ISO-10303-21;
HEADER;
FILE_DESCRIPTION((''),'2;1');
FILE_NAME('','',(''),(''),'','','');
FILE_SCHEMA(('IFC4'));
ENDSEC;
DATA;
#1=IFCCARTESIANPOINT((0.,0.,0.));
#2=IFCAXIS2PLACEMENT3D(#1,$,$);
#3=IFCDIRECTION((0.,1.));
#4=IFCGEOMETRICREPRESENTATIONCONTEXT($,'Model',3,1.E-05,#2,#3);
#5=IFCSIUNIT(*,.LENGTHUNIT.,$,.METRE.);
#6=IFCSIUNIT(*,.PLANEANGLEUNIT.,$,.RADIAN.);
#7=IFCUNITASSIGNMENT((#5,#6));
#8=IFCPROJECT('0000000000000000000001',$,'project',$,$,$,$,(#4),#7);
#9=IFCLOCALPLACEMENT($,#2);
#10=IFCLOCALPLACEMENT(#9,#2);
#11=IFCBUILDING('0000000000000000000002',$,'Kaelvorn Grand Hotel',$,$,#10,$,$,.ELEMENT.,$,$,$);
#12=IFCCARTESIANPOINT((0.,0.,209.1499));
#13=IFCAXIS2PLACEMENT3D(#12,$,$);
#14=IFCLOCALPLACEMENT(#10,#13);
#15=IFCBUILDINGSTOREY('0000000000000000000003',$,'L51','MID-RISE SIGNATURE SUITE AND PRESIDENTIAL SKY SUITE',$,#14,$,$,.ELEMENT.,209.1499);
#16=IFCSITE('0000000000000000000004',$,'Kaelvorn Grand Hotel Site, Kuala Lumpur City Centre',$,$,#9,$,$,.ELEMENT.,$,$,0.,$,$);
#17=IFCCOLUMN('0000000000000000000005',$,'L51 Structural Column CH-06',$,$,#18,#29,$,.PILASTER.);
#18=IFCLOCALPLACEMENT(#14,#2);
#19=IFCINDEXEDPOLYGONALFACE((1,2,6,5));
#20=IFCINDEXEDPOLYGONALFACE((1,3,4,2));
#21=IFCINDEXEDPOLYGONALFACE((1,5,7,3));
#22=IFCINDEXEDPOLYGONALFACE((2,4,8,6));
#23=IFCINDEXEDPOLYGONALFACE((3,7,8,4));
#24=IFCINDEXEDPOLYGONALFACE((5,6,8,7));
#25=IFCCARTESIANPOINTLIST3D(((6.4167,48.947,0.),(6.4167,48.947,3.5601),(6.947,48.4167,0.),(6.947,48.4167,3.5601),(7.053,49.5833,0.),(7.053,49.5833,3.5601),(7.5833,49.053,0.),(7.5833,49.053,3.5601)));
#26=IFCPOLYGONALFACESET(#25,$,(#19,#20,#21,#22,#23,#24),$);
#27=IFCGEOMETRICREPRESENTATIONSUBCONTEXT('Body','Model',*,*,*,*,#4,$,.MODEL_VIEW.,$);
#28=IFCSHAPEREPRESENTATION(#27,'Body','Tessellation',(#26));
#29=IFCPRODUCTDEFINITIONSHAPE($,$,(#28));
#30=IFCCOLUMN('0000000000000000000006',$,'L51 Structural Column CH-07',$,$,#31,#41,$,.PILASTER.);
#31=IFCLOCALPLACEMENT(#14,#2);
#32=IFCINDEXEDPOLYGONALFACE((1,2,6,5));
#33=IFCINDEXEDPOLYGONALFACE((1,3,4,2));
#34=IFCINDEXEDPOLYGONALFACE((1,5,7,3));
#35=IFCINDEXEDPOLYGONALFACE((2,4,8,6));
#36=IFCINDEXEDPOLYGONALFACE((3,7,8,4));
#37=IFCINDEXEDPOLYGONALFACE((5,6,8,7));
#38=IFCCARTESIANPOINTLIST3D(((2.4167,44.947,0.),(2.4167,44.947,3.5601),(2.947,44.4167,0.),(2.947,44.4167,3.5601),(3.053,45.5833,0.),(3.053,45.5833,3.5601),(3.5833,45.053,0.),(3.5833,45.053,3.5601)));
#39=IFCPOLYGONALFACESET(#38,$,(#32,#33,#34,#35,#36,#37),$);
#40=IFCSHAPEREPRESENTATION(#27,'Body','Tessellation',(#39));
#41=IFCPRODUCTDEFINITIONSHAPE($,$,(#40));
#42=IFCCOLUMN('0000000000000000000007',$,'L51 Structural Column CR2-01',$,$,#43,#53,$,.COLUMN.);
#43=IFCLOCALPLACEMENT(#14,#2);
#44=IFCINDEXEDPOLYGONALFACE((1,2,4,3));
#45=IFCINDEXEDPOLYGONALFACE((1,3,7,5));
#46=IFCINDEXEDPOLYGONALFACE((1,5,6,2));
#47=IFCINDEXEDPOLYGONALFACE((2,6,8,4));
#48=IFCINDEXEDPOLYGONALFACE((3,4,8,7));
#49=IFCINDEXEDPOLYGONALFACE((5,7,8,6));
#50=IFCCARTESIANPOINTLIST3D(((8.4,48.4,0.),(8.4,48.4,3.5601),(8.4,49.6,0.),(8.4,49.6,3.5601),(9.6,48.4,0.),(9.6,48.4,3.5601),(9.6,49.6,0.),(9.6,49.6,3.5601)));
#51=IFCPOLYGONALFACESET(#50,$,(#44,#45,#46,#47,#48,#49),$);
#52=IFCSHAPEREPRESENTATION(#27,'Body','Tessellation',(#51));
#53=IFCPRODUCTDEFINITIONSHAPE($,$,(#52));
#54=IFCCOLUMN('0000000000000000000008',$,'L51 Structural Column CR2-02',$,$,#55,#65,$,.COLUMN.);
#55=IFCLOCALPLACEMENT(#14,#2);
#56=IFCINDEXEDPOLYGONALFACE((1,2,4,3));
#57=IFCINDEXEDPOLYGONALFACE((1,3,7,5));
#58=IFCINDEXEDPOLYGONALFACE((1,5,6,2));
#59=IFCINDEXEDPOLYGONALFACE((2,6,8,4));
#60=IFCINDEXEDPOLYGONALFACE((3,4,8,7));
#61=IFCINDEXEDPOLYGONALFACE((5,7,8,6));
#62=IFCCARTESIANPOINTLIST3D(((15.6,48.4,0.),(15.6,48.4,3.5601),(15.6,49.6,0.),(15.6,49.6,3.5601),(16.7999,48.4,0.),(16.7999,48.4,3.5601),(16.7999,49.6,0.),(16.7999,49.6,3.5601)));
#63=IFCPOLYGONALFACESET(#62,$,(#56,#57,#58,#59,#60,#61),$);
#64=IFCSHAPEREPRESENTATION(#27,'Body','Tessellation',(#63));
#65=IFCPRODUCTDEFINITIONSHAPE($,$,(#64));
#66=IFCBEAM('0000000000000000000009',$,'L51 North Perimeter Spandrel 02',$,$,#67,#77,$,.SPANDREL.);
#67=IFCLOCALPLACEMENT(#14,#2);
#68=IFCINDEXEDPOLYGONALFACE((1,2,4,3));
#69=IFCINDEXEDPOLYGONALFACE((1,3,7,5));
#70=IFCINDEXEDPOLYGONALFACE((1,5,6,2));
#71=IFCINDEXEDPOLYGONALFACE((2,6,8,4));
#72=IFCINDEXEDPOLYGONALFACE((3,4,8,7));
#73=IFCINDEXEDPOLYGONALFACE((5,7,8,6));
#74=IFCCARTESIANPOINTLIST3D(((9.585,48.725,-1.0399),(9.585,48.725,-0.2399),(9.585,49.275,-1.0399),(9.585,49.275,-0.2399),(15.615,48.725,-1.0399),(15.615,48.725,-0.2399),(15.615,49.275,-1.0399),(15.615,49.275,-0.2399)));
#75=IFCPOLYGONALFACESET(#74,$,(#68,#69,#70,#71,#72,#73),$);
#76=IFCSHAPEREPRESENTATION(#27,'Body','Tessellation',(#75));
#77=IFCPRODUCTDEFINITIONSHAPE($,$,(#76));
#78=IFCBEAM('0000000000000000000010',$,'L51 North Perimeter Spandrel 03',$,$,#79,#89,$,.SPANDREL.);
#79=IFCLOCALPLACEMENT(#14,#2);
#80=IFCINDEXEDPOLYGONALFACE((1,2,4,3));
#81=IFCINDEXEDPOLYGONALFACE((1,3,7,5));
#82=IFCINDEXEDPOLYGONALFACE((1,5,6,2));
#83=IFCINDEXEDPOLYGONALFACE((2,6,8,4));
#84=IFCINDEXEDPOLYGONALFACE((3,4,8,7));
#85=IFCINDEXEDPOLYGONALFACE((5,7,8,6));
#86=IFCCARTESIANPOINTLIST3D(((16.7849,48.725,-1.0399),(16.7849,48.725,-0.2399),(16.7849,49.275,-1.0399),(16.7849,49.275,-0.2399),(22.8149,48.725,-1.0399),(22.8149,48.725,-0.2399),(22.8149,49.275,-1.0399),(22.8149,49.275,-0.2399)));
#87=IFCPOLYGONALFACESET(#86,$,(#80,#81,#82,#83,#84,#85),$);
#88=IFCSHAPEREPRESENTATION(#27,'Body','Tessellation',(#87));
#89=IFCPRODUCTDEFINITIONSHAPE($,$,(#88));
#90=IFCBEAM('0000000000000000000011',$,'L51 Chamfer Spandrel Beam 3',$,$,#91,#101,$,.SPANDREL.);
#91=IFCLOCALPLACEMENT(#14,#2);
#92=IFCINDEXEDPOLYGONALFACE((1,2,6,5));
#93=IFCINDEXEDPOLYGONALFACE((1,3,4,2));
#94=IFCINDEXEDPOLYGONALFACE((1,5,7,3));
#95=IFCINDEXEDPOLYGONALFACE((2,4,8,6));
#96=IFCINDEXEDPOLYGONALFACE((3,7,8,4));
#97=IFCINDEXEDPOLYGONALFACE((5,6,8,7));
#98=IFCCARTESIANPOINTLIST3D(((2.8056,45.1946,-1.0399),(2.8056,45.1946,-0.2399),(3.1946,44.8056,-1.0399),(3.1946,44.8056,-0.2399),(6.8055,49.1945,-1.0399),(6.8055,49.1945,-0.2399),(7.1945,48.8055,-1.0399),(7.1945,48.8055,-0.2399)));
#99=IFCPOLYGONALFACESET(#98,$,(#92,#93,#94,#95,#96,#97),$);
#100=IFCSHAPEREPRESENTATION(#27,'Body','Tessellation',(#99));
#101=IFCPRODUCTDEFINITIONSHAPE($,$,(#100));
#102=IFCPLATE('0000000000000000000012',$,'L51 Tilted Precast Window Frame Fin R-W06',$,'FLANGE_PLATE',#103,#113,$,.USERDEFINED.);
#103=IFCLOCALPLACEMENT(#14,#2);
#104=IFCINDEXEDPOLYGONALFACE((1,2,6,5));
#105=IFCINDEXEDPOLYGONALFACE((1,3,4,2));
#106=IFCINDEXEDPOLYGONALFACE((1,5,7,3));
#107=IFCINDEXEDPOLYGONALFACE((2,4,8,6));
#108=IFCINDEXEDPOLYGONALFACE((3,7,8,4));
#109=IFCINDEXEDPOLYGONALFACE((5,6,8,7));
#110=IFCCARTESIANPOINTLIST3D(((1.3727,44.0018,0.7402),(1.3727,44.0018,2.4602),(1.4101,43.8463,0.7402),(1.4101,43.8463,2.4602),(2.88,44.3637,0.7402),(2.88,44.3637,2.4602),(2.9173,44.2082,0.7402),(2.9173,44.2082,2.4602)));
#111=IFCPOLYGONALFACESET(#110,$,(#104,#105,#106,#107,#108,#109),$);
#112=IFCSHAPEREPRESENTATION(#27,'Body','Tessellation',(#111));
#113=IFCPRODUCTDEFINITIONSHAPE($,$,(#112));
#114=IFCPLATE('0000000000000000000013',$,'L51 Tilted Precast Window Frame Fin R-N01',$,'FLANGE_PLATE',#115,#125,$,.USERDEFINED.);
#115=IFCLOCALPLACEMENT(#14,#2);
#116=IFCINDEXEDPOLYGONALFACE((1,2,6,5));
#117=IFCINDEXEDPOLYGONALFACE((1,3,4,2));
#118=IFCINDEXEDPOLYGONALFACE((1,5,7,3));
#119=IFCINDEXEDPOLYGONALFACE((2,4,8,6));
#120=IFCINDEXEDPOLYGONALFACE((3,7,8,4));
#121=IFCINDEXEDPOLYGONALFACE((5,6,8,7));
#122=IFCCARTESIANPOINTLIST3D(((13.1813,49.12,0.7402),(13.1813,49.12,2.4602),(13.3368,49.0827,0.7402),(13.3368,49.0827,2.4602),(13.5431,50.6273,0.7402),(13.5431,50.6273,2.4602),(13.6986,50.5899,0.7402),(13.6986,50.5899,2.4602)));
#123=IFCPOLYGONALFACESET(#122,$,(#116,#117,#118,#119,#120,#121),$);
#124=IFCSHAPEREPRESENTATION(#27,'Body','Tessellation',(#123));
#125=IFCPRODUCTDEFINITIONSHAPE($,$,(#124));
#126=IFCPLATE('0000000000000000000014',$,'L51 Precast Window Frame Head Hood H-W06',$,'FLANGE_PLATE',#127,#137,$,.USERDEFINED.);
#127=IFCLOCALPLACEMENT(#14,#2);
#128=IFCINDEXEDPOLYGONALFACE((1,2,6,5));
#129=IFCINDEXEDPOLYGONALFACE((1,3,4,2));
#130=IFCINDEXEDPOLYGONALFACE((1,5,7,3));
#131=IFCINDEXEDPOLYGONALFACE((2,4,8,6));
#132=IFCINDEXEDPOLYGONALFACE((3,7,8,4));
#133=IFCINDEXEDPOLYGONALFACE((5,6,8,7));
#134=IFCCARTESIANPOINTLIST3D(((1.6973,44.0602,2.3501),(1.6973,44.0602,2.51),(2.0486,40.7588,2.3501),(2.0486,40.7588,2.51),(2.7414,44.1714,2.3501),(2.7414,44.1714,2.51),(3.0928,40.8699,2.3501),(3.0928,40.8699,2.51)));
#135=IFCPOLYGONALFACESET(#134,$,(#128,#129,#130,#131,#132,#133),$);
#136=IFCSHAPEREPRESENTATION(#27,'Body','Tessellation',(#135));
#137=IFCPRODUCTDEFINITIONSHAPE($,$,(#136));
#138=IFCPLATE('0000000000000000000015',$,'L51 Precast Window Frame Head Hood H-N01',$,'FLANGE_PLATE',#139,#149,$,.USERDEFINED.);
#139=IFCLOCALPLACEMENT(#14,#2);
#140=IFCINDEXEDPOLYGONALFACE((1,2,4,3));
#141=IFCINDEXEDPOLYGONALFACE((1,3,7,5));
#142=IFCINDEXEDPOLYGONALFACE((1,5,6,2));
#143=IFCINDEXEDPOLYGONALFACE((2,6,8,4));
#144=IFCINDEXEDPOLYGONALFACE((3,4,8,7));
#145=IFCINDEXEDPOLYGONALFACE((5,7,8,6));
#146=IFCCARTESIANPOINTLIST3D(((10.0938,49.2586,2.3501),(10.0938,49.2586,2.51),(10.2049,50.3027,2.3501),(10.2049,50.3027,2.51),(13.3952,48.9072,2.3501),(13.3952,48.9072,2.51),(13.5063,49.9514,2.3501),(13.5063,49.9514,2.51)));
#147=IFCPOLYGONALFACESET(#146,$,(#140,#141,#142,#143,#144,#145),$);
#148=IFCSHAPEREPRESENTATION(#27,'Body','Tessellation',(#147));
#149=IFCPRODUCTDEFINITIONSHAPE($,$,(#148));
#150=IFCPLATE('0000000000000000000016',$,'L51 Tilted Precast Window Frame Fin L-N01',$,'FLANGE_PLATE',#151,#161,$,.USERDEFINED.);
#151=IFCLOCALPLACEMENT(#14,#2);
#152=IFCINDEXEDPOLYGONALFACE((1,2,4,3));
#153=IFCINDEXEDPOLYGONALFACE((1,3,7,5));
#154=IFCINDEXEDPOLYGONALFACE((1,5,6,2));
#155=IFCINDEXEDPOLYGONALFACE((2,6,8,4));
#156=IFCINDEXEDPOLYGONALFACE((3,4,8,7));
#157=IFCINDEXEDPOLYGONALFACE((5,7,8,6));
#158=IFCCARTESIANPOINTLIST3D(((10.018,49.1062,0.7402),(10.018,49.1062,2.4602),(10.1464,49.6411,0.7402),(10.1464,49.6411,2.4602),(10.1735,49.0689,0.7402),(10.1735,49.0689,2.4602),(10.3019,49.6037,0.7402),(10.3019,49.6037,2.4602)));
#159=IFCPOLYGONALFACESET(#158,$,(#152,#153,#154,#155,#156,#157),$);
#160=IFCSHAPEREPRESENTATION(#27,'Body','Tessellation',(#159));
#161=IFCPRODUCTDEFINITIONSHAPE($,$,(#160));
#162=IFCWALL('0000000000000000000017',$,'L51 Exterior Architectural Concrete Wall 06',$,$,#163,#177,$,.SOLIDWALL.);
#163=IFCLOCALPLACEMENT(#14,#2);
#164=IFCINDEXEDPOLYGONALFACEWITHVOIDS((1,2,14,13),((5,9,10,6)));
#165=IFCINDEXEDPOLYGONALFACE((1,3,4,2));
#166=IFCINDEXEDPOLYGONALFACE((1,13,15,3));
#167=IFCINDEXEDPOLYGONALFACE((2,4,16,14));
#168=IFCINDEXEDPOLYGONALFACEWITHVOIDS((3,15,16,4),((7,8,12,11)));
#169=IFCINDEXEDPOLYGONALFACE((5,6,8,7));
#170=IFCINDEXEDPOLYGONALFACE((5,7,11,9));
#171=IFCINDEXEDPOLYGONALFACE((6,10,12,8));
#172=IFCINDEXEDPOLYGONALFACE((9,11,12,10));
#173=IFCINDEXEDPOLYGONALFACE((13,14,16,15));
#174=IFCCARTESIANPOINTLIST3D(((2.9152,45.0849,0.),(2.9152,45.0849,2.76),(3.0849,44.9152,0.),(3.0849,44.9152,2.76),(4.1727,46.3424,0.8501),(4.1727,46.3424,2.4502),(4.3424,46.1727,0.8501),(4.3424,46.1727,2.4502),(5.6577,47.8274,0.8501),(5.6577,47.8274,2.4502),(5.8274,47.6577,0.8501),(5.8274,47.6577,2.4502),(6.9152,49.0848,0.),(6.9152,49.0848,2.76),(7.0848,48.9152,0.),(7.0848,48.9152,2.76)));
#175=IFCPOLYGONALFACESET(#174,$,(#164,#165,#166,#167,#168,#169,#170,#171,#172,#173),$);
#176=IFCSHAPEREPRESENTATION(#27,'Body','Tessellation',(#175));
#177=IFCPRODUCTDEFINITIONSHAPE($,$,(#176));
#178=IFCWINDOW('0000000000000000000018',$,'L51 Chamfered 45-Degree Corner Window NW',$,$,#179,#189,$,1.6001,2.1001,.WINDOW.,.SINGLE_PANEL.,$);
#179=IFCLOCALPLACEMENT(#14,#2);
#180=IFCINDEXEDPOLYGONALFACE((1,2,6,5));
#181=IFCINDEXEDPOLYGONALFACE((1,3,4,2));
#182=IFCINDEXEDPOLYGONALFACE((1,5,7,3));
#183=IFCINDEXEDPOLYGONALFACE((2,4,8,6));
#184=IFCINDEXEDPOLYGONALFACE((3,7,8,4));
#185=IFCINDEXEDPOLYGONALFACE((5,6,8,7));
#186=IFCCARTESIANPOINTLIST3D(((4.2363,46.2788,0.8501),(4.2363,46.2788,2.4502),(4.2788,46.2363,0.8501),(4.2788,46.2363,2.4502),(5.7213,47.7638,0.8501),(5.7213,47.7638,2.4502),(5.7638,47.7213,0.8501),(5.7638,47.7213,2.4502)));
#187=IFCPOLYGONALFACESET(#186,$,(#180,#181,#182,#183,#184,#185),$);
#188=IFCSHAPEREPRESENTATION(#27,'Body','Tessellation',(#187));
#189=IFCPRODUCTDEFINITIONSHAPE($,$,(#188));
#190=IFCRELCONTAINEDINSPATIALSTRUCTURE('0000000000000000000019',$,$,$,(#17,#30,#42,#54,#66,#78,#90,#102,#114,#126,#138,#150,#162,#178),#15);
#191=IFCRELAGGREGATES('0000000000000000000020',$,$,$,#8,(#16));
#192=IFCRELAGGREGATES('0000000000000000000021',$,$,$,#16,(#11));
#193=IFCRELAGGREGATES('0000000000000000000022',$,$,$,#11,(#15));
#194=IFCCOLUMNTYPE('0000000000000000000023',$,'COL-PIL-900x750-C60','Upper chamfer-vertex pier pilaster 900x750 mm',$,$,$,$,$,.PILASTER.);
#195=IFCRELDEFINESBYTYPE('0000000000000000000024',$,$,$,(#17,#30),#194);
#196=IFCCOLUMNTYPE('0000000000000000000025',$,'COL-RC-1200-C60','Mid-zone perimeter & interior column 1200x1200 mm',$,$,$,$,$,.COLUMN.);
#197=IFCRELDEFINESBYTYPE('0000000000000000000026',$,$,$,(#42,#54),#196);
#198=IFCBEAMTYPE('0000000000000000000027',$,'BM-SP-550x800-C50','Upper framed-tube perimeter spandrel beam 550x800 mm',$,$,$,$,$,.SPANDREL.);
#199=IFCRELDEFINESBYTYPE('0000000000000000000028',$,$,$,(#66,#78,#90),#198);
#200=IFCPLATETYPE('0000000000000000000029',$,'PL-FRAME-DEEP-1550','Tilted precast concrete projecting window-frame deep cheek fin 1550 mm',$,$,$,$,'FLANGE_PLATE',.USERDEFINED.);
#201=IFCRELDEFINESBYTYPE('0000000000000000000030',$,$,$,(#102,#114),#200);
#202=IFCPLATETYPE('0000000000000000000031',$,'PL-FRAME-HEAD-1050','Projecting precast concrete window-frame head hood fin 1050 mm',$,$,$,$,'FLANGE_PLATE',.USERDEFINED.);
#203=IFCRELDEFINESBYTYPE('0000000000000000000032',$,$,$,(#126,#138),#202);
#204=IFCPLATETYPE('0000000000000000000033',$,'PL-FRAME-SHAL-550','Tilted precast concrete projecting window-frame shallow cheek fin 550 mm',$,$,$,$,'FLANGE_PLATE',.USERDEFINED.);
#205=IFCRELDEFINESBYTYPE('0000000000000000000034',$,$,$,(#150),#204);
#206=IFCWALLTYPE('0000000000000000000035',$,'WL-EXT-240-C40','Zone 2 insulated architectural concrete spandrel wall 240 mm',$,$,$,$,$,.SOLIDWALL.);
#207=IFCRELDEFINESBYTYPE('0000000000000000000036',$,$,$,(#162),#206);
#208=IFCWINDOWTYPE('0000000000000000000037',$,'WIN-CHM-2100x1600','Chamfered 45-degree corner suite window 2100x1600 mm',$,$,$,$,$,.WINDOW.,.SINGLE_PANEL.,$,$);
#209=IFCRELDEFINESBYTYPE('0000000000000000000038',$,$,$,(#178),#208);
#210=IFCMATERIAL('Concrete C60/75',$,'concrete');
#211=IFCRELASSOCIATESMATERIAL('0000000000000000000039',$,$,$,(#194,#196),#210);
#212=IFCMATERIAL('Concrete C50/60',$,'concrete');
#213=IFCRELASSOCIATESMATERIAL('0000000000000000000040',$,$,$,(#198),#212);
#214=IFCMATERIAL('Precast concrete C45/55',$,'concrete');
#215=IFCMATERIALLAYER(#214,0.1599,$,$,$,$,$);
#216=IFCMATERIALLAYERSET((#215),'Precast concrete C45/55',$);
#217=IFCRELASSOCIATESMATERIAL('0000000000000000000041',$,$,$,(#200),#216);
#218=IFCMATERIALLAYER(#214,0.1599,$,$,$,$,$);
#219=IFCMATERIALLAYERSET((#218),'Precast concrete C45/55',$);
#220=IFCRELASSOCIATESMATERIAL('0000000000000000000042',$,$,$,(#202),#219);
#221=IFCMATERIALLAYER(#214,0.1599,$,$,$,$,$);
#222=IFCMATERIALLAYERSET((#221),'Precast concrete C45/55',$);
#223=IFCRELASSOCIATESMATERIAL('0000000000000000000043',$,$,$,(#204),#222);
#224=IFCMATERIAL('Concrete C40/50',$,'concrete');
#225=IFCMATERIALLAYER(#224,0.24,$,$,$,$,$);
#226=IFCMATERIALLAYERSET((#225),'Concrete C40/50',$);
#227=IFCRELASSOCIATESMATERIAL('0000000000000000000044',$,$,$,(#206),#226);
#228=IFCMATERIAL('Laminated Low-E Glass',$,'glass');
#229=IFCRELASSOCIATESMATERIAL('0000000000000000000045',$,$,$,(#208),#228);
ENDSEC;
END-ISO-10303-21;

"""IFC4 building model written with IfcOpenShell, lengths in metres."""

from ifc_helpers import new_model, si_unit, direction, frame, frame_2d, origin, origin_2d, place, context, subcontext, project, spatial, rectangle, extrude, material, layer, layer_set, material_profile, profile_set, type_object, element, fill, save


model = new_model("IFC4")

# Units and contexts
model_context = context("Model", 3, precision=1e-05, world=origin(), true_north=direction((0.0, 1.0)))
body_context = subcontext(model_context, "Body", "Model", "MODEL_VIEW")
ifc_project = project(units=[si_unit("LENGTHUNIT", "METRE"), si_unit("PLANEANGLEUNIT", "RADIAN")], contexts=[model_context])

# Site, building, storey
site_placement = place(None, origin())
site = spatial("IfcSite", under=ifc_project, at=site_placement, Name="Kaelvorn Grand Hotel Site, Kuala Lumpur City Centre", CompositionType="ELEMENT", RefElevation=0.0)
building_placement = place(site_placement, origin())
building = spatial("IfcBuilding", under=site, at=building_placement, Name="Kaelvorn Grand Hotel", CompositionType="ELEMENT")
storey_placement = place(building_placement, frame((0.0, 0.0, 209.1499)))
storey = spatial("IfcBuildingStorey", under=building, at=storey_placement, Name="L51", Description="MID-RISE SIGNATURE SUITE AND PRESIDENTIAL SKY SUITE", CompositionType="ELEMENT", Elevation=209.1499)

# Columns
ifc_material_1 = material(Name="Concrete C60/75", Category="concrete")
ifc_material_profile_1 = material_profile(ifc_material_1, rectangle(XDim=0.8999, YDim=0.75, at=origin_2d()), Name="RC PILASTER 900x750")
ifc_profile_set_1 = profile_set([ifc_material_profile_1], Name="Concrete C60/75")
column_type_1 = type_object("IfcColumnType", Name="COL-PIL-900x750-C60", Description="Upper chamfer-vertex pier pilaster 900x750 mm", PredefinedType="PILASTER", material=ifc_profile_set_1)
for number, where, z_axis, x_axis, name in (
    (1, (7.0, 49.0, 0.0), (0.0, 0.0, 1.0), (0.707107, 0.707107, 0.0), "L51 Structural Column CH-06"),
    (2, (3.0, 45.0, 0.0), (0.0, 0.0, 1.0), (0.707107, 0.707107, 0.0), "L51 Structural Column CH-07"),
):
    element("IfcColumn", number, at=place(storey_placement, frame(where, z_axis=z_axis, x_axis=x_axis)), inside=storey, type_object=column_type_1, Name=name, PredefinedType="PILASTER", context=body_context, shape_type="SweptSolid", body=[
        extrude(rectangle(XDim=0.8999, YDim=0.75, at=origin_2d()), origin(), (0.0, 0.0, 1.0), 3.5601),
    ])
ifc_material_profile_2 = material_profile(ifc_material_1, rectangle(XDim=1.2, YDim=1.2, at=origin_2d()), Name="RC COL 1200x1200")
ifc_profile_set_2 = profile_set([ifc_material_profile_2], Name="Concrete C60/75")
column_type_2 = type_object("IfcColumnType", Name="COL-RC-1200-C60", Description="Mid-zone perimeter & interior column 1200x1200 mm", PredefinedType="COLUMN", material=ifc_profile_set_2)
for number, where, z_axis, x_axis, name in (
    (3, (9.0, 49.0, 0.0), (0.0, 0.0, 1.0), (1.0, 0.0, 0.0), "L51 Structural Column CR2-01"),
    (4, (16.2, 49.0, 0.0), (0.0, 0.0, 1.0), (1.0, 0.0, 0.0), "L51 Structural Column CR2-02"),
):
    element("IfcColumn", number, at=place(storey_placement, frame(where, z_axis=z_axis, x_axis=x_axis)), inside=storey, type_object=column_type_2, Name=name, PredefinedType="COLUMN", context=body_context, shape_type="SweptSolid", body=[
        extrude(rectangle(XDim=1.2, YDim=1.2, at=origin_2d()), origin(), (0.0, 0.0, 1.0), 3.5601),
    ])

# Beams
ifc_material_2 = material(Name="Concrete C50/60", Category="concrete")
ifc_material_profile_3 = material_profile(ifc_material_2, rectangle(XDim=0.55, YDim=0.8, at=origin_2d()), Name="RC SPANDREL 550x800")
ifc_profile_set_3 = profile_set([ifc_material_profile_3], Name="Concrete C50/60")
beam_type = type_object("IfcBeamType", Name="BM-SP-550x800-C50", Description="Upper framed-tube perimeter spandrel beam 550x800 mm", PredefinedType="SPANDREL", material=ifc_profile_set_3)
for number, where, z_axis, x_axis, name in (
    (5, (9.585, 49.0, -0.6399), (1.0, 0.0, 0.0), (0.0, 1.0, 0.0), "L51 North Perimeter Spandrel 02"),
    (6, (16.7849, 49.0, -0.6399), (1.0, 0.0, 0.0), (0.0, 1.0, 0.0), "L51 North Perimeter Spandrel 03"),
):
    element("IfcBeam", number, at=place(storey_placement, frame(where, z_axis=z_axis, x_axis=x_axis)), inside=storey, type_object=beam_type, Name=name, PredefinedType="SPANDREL", context=body_context, shape_type="SweptSolid", body=[
        extrude(rectangle(XDim=0.55, YDim=0.8, at=origin_2d()), origin(), (0.0, 0.0, 1.0), 6.03),
    ])
beam_placement = place(storey_placement, frame((7.0, 49.0, -0.6399), z_axis=(-0.707107, -0.707107, 0.0), x_axis=(0.707107, -0.707107, 0.0)))
element("IfcBeam", 7, at=beam_placement, inside=storey, type_object=beam_type, Name="L51 Chamfer Spandrel Beam 3", PredefinedType="SPANDREL", context=body_context, shape_type="SweptSolid", body=[
    extrude(rectangle(XDim=0.55, YDim=0.8, at=origin_2d()), origin(), (0.0, 0.0, 1.0), 5.6567),
])

# Plates
ifc_material_3 = material(Name="Precast concrete C45/55", Category="concrete")
ifc_layer_1 = layer(ifc_material_3, 0.1599)
ifc_layer_set_1 = layer_set([ifc_layer_1], Name="Precast concrete C45/55")
plate_type_1 = type_object("IfcPlateType", Name="PL-FRAME-DEEP-1550", Description="Tilted precast concrete projecting window-frame deep cheek fin 1550 mm", ElementType="FLANGE_PLATE", PredefinedType="USERDEFINED", material=ifc_layer_set_1)
for number, where, z_axis, x_axis, name in (
    (8, (2.145, 44.105, 0.7402), (0.0, 0.0, 1.0), (-0.233445, 0.97237, 0.0), "L51 Tilted Precast Window Frame Fin R-W06"),
    (9, (13.4399, 49.855, 0.7402), (0.0, 0.0, 1.0), (0.97237, -0.233445, 0.0), "L51 Tilted Precast Window Frame Fin R-N01"),
):
    element("IfcPlate", number, at=place(storey_placement, frame(where, z_axis=z_axis, x_axis=x_axis)), inside=storey, type_object=plate_type_1, Name=name, ObjectType="FLANGE_PLATE", PredefinedType="USERDEFINED", context=body_context, shape_type="SweptSolid", body=[
        extrude(rectangle(XDim=0.1599, YDim=1.55, at=origin_2d()), origin(), (0.0, 0.0, 1.0), 1.72),
    ])
ifc_layer_2 = layer(ifc_material_3, 0.1599)
ifc_layer_set_2 = layer_set([ifc_layer_2], Name="Precast concrete C45/55")
plate_type_2 = type_object("IfcPlateType", Name="PL-FRAME-HEAD-1050", Description="Projecting precast concrete window-frame head hood fin 1050 mm", ElementType="FLANGE_PLATE", PredefinedType="USERDEFINED", material=ifc_layer_set_2)
for number, where, z_axis, x_axis, name in (
    (10, (2.395, 42.4651, 2.3501), (0.0, 0.0, 1.0), (-0.10583, 0.994384, 0.0), "L51 Precast Window Frame Head Hood H-W06"),
    (11, (11.8, 49.605, 2.3501), (0.0, 0.0, 1.0), (0.994384, -0.10583, 0.0), "L51 Precast Window Frame Head Hood H-N01"),
):
    element("IfcPlate", number, at=place(storey_placement, frame(where, z_axis=z_axis, x_axis=x_axis)), inside=storey, type_object=plate_type_2, Name=name, ObjectType="FLANGE_PLATE", PredefinedType="USERDEFINED", context=body_context, shape_type="SweptSolid", body=[
        extrude(rectangle(XDim=3.3201, YDim=1.05, at=origin_2d()), origin(), (0.0, 0.0, 1.0), 0.1599),
    ])
ifc_layer_3 = layer(ifc_material_3, 0.1599)
ifc_layer_set_3 = layer_set([ifc_layer_3], Name="Precast concrete C45/55")
plate_type_3 = type_object("IfcPlateType", Name="PL-FRAME-SHAL-550", Description="Tilted precast concrete projecting window-frame shallow cheek fin 550 mm", ElementType="FLANGE_PLATE", PredefinedType="USERDEFINED", material=ifc_layer_set_3)
plate_placement = place(storey_placement, frame((10.1599, 49.355, 0.7402), z_axis=(0.0, 0.0, 1.0), x_axis=(0.97237, -0.233445, 0.0)))
element("IfcPlate", 12, at=plate_placement, inside=storey, type_object=plate_type_3, Name="L51 Tilted Precast Window Frame Fin L-N01", ObjectType="FLANGE_PLATE", PredefinedType="USERDEFINED", context=body_context, shape_type="SweptSolid", body=[
    extrude(rectangle(XDim=0.1599, YDim=0.55, at=origin_2d()), origin(), (0.0, 0.0, 1.0), 1.72),
])

# Wall, opening, window
ifc_material_4 = material(Name="Concrete C40/50", Category="concrete")
ifc_layer_4 = layer(ifc_material_4, 0.24)
ifc_layer_set_4 = layer_set([ifc_layer_4], Name="Concrete C40/50")
wall_type_1 = type_object("IfcWallType", Name="WL-EXT-240-C40", Description="Zone 2 insulated architectural concrete spandrel wall 240 mm", PredefinedType="SOLIDWALL", material=ifc_layer_set_4)
wall_1_placement = place(storey_placement, frame((7.0, 49.0, 0.0), z_axis=(0.0, 0.0, 1.0), x_axis=(-0.707107, -0.707107, 0.0)))
wall_1 = element("IfcWall", 13, at=wall_1_placement, inside=storey, type_object=wall_type_1, Name="L51 Exterior Architectural Concrete Wall 06", PredefinedType="SOLIDWALL", context=body_context, shape_type="SweptSolid", body=[
    extrude(rectangle(XDim=5.6567, YDim=0.24, at=frame_2d((2.8284, 0.0))), origin(), (0.0, 0.0, 1.0), 2.76),
])
opening_1_placement = place(wall_1_placement, frame((1.7783, 0.0, 0.8501)))
opening_1 = element("IfcOpeningElement", 14, at=opening_1_placement, cuts=wall_1, PredefinedType="OPENING", context=body_context, shape_type="SweptSolid", body=[
    extrude(rectangle(XDim=2.1001, YDim=1.6001, at=frame_2d((1.05, 0.8))), frame((0.0, 0.1299, 0.0), z_axis=(0.0, -1.0, 0.0), x_axis=(1.0, 0.0, 0.0)), (0.0, 0.0, 1.0), 0.26),
])
ifc_material_5 = material(Name="Laminated Low-E Glass", Category="glass")
window_type_1 = type_object("IfcWindowType", Name="WIN-CHM-2100x1600", Description="Chamfered 45-degree corner suite window 2100x1600 mm", PartitioningType="SINGLE_PANEL", PredefinedType="WINDOW", material=ifc_material_5)
window_1_placement = place(opening_1_placement, origin())
window_1 = element("IfcWindow", 15, at=window_1_placement, inside=storey, type_object=window_type_1, Name="L51 Chamfered 45-Degree Corner Window NW", OverallHeight=1.6001, OverallWidth=2.1001, PartitioningType="SINGLE_PANEL", PredefinedType="WINDOW", context=body_context, shape_type="SweptSolid", body=[
    extrude(rectangle(XDim=2.1001, YDim=1.6001, at=frame_2d((1.05, 0.8))), frame((0.0, 0.03, 0.0), z_axis=(0.0, -1.0, 0.0), x_axis=(1.0, 0.0, 0.0)), (0.0, 0.0, 1.0), 0.0601),
])
fill(opening_1, window_1)

save(model, "model.ifc")
